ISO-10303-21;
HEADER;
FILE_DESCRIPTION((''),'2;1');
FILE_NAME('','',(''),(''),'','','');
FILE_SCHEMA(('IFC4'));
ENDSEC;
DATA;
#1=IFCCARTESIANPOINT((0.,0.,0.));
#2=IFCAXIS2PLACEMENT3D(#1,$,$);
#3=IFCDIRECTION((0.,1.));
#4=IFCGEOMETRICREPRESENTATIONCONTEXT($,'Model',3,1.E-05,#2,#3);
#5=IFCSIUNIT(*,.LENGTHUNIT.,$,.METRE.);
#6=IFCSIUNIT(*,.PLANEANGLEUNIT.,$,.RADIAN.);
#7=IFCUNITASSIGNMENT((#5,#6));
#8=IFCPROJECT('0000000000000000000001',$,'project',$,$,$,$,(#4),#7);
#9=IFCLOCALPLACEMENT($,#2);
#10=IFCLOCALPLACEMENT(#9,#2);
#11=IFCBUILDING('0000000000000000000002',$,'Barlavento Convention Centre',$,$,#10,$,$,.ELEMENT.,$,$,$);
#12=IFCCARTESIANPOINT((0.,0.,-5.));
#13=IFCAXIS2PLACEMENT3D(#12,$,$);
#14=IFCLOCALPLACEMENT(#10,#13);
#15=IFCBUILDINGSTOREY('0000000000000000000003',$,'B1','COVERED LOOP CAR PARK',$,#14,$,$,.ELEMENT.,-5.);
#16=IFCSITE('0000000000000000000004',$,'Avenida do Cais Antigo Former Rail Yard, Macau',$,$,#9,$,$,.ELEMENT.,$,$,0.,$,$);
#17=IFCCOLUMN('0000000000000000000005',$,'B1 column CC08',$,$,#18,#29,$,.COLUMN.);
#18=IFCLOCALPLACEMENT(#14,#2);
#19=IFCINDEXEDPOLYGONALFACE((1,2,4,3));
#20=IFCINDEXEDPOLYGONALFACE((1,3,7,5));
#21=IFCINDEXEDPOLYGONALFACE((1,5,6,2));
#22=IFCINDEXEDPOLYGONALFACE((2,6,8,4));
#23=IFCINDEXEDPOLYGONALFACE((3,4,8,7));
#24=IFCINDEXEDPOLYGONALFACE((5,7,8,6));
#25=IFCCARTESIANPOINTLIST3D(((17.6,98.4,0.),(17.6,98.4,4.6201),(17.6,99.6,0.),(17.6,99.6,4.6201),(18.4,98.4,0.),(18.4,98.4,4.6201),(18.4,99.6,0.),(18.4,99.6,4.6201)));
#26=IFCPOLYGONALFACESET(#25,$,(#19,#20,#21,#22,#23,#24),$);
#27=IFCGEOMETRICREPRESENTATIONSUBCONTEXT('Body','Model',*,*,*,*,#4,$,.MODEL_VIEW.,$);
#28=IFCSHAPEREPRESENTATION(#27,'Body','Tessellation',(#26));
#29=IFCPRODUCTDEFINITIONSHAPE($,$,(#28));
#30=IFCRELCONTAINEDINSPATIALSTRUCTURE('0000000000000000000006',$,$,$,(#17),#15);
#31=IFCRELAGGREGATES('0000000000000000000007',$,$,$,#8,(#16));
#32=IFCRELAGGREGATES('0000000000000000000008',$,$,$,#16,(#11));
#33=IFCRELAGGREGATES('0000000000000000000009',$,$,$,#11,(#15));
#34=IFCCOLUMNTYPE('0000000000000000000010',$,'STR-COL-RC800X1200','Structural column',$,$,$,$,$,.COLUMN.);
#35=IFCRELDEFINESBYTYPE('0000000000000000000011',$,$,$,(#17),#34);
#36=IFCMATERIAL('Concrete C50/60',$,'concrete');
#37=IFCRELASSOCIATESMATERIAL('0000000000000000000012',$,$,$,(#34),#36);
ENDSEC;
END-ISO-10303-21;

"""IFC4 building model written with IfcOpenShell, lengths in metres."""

from ifc_helpers import new_model, si_unit, direction, frame, origin, origin_2d, place, context, subcontext, project, spatial, rectangle, extrude, material, material_profile, profile_set, type_object, element, save


model = new_model("IFC4")

# Units and contexts
model_context = context("Model", 3, precision=1e-05, world=origin(), true_north=direction((0.0, 1.0)))
body_context = subcontext(model_context, "Body", "Model", "MODEL_VIEW")
ifc_project = project(units=[si_unit("LENGTHUNIT", "METRE"), si_unit("PLANEANGLEUNIT", "RADIAN")], contexts=[model_context])

# Site, building, storey
site_placement = place(None, origin())
site = spatial("IfcSite", under=ifc_project, at=site_placement, Name="Avenida do Cais Antigo Former Rail Yard, Macau", CompositionType="ELEMENT", RefElevation=0.0)
building_placement = place(site_placement, origin())
building = spatial("IfcBuilding", under=site, at=building_placement, Name="Barlavento Convention Centre", CompositionType="ELEMENT")
storey_placement = place(building_placement, frame((0.0, 0.0, -5.0)))
storey = spatial("IfcBuildingStorey", under=building, at=storey_placement, Name="B1", Description="COVERED LOOP CAR PARK", CompositionType="ELEMENT", Elevation=-5.0)

# Column
ifc_material_1 = material(Name="Concrete C50/60", Category="concrete")
ifc_material_profile_1 = material_profile(ifc_material_1, rectangle(XDim=0.8, YDim=1.2, at=origin_2d()), Name="RC 800x1200")
ifc_profile_set_1 = profile_set([ifc_material_profile_1], Name="Concrete C50/60")
column_type_1 = type_object("IfcColumnType", Name="STR-COL-RC800X1200", Description="Structural column", PredefinedType="COLUMN", material=ifc_profile_set_1)
column_1_placement = place(storey_placement, frame((18.0, 99.0, 0.0), z_axis=(0.0, 0.0, 1.0), x_axis=(1.0, 0.0, 0.0)))
element("IfcColumn", 1, at=column_1_placement, inside=storey, type_object=column_type_1, Name="B1 column CC08", PredefinedType="COLUMN", context=body_context, shape_type="SweptSolid", body=[
    extrude(rectangle(XDim=0.8, YDim=1.2, at=origin_2d()), origin(), (0.0, 0.0, 1.0), 4.6201),
])

save(model, "model.ifc")
